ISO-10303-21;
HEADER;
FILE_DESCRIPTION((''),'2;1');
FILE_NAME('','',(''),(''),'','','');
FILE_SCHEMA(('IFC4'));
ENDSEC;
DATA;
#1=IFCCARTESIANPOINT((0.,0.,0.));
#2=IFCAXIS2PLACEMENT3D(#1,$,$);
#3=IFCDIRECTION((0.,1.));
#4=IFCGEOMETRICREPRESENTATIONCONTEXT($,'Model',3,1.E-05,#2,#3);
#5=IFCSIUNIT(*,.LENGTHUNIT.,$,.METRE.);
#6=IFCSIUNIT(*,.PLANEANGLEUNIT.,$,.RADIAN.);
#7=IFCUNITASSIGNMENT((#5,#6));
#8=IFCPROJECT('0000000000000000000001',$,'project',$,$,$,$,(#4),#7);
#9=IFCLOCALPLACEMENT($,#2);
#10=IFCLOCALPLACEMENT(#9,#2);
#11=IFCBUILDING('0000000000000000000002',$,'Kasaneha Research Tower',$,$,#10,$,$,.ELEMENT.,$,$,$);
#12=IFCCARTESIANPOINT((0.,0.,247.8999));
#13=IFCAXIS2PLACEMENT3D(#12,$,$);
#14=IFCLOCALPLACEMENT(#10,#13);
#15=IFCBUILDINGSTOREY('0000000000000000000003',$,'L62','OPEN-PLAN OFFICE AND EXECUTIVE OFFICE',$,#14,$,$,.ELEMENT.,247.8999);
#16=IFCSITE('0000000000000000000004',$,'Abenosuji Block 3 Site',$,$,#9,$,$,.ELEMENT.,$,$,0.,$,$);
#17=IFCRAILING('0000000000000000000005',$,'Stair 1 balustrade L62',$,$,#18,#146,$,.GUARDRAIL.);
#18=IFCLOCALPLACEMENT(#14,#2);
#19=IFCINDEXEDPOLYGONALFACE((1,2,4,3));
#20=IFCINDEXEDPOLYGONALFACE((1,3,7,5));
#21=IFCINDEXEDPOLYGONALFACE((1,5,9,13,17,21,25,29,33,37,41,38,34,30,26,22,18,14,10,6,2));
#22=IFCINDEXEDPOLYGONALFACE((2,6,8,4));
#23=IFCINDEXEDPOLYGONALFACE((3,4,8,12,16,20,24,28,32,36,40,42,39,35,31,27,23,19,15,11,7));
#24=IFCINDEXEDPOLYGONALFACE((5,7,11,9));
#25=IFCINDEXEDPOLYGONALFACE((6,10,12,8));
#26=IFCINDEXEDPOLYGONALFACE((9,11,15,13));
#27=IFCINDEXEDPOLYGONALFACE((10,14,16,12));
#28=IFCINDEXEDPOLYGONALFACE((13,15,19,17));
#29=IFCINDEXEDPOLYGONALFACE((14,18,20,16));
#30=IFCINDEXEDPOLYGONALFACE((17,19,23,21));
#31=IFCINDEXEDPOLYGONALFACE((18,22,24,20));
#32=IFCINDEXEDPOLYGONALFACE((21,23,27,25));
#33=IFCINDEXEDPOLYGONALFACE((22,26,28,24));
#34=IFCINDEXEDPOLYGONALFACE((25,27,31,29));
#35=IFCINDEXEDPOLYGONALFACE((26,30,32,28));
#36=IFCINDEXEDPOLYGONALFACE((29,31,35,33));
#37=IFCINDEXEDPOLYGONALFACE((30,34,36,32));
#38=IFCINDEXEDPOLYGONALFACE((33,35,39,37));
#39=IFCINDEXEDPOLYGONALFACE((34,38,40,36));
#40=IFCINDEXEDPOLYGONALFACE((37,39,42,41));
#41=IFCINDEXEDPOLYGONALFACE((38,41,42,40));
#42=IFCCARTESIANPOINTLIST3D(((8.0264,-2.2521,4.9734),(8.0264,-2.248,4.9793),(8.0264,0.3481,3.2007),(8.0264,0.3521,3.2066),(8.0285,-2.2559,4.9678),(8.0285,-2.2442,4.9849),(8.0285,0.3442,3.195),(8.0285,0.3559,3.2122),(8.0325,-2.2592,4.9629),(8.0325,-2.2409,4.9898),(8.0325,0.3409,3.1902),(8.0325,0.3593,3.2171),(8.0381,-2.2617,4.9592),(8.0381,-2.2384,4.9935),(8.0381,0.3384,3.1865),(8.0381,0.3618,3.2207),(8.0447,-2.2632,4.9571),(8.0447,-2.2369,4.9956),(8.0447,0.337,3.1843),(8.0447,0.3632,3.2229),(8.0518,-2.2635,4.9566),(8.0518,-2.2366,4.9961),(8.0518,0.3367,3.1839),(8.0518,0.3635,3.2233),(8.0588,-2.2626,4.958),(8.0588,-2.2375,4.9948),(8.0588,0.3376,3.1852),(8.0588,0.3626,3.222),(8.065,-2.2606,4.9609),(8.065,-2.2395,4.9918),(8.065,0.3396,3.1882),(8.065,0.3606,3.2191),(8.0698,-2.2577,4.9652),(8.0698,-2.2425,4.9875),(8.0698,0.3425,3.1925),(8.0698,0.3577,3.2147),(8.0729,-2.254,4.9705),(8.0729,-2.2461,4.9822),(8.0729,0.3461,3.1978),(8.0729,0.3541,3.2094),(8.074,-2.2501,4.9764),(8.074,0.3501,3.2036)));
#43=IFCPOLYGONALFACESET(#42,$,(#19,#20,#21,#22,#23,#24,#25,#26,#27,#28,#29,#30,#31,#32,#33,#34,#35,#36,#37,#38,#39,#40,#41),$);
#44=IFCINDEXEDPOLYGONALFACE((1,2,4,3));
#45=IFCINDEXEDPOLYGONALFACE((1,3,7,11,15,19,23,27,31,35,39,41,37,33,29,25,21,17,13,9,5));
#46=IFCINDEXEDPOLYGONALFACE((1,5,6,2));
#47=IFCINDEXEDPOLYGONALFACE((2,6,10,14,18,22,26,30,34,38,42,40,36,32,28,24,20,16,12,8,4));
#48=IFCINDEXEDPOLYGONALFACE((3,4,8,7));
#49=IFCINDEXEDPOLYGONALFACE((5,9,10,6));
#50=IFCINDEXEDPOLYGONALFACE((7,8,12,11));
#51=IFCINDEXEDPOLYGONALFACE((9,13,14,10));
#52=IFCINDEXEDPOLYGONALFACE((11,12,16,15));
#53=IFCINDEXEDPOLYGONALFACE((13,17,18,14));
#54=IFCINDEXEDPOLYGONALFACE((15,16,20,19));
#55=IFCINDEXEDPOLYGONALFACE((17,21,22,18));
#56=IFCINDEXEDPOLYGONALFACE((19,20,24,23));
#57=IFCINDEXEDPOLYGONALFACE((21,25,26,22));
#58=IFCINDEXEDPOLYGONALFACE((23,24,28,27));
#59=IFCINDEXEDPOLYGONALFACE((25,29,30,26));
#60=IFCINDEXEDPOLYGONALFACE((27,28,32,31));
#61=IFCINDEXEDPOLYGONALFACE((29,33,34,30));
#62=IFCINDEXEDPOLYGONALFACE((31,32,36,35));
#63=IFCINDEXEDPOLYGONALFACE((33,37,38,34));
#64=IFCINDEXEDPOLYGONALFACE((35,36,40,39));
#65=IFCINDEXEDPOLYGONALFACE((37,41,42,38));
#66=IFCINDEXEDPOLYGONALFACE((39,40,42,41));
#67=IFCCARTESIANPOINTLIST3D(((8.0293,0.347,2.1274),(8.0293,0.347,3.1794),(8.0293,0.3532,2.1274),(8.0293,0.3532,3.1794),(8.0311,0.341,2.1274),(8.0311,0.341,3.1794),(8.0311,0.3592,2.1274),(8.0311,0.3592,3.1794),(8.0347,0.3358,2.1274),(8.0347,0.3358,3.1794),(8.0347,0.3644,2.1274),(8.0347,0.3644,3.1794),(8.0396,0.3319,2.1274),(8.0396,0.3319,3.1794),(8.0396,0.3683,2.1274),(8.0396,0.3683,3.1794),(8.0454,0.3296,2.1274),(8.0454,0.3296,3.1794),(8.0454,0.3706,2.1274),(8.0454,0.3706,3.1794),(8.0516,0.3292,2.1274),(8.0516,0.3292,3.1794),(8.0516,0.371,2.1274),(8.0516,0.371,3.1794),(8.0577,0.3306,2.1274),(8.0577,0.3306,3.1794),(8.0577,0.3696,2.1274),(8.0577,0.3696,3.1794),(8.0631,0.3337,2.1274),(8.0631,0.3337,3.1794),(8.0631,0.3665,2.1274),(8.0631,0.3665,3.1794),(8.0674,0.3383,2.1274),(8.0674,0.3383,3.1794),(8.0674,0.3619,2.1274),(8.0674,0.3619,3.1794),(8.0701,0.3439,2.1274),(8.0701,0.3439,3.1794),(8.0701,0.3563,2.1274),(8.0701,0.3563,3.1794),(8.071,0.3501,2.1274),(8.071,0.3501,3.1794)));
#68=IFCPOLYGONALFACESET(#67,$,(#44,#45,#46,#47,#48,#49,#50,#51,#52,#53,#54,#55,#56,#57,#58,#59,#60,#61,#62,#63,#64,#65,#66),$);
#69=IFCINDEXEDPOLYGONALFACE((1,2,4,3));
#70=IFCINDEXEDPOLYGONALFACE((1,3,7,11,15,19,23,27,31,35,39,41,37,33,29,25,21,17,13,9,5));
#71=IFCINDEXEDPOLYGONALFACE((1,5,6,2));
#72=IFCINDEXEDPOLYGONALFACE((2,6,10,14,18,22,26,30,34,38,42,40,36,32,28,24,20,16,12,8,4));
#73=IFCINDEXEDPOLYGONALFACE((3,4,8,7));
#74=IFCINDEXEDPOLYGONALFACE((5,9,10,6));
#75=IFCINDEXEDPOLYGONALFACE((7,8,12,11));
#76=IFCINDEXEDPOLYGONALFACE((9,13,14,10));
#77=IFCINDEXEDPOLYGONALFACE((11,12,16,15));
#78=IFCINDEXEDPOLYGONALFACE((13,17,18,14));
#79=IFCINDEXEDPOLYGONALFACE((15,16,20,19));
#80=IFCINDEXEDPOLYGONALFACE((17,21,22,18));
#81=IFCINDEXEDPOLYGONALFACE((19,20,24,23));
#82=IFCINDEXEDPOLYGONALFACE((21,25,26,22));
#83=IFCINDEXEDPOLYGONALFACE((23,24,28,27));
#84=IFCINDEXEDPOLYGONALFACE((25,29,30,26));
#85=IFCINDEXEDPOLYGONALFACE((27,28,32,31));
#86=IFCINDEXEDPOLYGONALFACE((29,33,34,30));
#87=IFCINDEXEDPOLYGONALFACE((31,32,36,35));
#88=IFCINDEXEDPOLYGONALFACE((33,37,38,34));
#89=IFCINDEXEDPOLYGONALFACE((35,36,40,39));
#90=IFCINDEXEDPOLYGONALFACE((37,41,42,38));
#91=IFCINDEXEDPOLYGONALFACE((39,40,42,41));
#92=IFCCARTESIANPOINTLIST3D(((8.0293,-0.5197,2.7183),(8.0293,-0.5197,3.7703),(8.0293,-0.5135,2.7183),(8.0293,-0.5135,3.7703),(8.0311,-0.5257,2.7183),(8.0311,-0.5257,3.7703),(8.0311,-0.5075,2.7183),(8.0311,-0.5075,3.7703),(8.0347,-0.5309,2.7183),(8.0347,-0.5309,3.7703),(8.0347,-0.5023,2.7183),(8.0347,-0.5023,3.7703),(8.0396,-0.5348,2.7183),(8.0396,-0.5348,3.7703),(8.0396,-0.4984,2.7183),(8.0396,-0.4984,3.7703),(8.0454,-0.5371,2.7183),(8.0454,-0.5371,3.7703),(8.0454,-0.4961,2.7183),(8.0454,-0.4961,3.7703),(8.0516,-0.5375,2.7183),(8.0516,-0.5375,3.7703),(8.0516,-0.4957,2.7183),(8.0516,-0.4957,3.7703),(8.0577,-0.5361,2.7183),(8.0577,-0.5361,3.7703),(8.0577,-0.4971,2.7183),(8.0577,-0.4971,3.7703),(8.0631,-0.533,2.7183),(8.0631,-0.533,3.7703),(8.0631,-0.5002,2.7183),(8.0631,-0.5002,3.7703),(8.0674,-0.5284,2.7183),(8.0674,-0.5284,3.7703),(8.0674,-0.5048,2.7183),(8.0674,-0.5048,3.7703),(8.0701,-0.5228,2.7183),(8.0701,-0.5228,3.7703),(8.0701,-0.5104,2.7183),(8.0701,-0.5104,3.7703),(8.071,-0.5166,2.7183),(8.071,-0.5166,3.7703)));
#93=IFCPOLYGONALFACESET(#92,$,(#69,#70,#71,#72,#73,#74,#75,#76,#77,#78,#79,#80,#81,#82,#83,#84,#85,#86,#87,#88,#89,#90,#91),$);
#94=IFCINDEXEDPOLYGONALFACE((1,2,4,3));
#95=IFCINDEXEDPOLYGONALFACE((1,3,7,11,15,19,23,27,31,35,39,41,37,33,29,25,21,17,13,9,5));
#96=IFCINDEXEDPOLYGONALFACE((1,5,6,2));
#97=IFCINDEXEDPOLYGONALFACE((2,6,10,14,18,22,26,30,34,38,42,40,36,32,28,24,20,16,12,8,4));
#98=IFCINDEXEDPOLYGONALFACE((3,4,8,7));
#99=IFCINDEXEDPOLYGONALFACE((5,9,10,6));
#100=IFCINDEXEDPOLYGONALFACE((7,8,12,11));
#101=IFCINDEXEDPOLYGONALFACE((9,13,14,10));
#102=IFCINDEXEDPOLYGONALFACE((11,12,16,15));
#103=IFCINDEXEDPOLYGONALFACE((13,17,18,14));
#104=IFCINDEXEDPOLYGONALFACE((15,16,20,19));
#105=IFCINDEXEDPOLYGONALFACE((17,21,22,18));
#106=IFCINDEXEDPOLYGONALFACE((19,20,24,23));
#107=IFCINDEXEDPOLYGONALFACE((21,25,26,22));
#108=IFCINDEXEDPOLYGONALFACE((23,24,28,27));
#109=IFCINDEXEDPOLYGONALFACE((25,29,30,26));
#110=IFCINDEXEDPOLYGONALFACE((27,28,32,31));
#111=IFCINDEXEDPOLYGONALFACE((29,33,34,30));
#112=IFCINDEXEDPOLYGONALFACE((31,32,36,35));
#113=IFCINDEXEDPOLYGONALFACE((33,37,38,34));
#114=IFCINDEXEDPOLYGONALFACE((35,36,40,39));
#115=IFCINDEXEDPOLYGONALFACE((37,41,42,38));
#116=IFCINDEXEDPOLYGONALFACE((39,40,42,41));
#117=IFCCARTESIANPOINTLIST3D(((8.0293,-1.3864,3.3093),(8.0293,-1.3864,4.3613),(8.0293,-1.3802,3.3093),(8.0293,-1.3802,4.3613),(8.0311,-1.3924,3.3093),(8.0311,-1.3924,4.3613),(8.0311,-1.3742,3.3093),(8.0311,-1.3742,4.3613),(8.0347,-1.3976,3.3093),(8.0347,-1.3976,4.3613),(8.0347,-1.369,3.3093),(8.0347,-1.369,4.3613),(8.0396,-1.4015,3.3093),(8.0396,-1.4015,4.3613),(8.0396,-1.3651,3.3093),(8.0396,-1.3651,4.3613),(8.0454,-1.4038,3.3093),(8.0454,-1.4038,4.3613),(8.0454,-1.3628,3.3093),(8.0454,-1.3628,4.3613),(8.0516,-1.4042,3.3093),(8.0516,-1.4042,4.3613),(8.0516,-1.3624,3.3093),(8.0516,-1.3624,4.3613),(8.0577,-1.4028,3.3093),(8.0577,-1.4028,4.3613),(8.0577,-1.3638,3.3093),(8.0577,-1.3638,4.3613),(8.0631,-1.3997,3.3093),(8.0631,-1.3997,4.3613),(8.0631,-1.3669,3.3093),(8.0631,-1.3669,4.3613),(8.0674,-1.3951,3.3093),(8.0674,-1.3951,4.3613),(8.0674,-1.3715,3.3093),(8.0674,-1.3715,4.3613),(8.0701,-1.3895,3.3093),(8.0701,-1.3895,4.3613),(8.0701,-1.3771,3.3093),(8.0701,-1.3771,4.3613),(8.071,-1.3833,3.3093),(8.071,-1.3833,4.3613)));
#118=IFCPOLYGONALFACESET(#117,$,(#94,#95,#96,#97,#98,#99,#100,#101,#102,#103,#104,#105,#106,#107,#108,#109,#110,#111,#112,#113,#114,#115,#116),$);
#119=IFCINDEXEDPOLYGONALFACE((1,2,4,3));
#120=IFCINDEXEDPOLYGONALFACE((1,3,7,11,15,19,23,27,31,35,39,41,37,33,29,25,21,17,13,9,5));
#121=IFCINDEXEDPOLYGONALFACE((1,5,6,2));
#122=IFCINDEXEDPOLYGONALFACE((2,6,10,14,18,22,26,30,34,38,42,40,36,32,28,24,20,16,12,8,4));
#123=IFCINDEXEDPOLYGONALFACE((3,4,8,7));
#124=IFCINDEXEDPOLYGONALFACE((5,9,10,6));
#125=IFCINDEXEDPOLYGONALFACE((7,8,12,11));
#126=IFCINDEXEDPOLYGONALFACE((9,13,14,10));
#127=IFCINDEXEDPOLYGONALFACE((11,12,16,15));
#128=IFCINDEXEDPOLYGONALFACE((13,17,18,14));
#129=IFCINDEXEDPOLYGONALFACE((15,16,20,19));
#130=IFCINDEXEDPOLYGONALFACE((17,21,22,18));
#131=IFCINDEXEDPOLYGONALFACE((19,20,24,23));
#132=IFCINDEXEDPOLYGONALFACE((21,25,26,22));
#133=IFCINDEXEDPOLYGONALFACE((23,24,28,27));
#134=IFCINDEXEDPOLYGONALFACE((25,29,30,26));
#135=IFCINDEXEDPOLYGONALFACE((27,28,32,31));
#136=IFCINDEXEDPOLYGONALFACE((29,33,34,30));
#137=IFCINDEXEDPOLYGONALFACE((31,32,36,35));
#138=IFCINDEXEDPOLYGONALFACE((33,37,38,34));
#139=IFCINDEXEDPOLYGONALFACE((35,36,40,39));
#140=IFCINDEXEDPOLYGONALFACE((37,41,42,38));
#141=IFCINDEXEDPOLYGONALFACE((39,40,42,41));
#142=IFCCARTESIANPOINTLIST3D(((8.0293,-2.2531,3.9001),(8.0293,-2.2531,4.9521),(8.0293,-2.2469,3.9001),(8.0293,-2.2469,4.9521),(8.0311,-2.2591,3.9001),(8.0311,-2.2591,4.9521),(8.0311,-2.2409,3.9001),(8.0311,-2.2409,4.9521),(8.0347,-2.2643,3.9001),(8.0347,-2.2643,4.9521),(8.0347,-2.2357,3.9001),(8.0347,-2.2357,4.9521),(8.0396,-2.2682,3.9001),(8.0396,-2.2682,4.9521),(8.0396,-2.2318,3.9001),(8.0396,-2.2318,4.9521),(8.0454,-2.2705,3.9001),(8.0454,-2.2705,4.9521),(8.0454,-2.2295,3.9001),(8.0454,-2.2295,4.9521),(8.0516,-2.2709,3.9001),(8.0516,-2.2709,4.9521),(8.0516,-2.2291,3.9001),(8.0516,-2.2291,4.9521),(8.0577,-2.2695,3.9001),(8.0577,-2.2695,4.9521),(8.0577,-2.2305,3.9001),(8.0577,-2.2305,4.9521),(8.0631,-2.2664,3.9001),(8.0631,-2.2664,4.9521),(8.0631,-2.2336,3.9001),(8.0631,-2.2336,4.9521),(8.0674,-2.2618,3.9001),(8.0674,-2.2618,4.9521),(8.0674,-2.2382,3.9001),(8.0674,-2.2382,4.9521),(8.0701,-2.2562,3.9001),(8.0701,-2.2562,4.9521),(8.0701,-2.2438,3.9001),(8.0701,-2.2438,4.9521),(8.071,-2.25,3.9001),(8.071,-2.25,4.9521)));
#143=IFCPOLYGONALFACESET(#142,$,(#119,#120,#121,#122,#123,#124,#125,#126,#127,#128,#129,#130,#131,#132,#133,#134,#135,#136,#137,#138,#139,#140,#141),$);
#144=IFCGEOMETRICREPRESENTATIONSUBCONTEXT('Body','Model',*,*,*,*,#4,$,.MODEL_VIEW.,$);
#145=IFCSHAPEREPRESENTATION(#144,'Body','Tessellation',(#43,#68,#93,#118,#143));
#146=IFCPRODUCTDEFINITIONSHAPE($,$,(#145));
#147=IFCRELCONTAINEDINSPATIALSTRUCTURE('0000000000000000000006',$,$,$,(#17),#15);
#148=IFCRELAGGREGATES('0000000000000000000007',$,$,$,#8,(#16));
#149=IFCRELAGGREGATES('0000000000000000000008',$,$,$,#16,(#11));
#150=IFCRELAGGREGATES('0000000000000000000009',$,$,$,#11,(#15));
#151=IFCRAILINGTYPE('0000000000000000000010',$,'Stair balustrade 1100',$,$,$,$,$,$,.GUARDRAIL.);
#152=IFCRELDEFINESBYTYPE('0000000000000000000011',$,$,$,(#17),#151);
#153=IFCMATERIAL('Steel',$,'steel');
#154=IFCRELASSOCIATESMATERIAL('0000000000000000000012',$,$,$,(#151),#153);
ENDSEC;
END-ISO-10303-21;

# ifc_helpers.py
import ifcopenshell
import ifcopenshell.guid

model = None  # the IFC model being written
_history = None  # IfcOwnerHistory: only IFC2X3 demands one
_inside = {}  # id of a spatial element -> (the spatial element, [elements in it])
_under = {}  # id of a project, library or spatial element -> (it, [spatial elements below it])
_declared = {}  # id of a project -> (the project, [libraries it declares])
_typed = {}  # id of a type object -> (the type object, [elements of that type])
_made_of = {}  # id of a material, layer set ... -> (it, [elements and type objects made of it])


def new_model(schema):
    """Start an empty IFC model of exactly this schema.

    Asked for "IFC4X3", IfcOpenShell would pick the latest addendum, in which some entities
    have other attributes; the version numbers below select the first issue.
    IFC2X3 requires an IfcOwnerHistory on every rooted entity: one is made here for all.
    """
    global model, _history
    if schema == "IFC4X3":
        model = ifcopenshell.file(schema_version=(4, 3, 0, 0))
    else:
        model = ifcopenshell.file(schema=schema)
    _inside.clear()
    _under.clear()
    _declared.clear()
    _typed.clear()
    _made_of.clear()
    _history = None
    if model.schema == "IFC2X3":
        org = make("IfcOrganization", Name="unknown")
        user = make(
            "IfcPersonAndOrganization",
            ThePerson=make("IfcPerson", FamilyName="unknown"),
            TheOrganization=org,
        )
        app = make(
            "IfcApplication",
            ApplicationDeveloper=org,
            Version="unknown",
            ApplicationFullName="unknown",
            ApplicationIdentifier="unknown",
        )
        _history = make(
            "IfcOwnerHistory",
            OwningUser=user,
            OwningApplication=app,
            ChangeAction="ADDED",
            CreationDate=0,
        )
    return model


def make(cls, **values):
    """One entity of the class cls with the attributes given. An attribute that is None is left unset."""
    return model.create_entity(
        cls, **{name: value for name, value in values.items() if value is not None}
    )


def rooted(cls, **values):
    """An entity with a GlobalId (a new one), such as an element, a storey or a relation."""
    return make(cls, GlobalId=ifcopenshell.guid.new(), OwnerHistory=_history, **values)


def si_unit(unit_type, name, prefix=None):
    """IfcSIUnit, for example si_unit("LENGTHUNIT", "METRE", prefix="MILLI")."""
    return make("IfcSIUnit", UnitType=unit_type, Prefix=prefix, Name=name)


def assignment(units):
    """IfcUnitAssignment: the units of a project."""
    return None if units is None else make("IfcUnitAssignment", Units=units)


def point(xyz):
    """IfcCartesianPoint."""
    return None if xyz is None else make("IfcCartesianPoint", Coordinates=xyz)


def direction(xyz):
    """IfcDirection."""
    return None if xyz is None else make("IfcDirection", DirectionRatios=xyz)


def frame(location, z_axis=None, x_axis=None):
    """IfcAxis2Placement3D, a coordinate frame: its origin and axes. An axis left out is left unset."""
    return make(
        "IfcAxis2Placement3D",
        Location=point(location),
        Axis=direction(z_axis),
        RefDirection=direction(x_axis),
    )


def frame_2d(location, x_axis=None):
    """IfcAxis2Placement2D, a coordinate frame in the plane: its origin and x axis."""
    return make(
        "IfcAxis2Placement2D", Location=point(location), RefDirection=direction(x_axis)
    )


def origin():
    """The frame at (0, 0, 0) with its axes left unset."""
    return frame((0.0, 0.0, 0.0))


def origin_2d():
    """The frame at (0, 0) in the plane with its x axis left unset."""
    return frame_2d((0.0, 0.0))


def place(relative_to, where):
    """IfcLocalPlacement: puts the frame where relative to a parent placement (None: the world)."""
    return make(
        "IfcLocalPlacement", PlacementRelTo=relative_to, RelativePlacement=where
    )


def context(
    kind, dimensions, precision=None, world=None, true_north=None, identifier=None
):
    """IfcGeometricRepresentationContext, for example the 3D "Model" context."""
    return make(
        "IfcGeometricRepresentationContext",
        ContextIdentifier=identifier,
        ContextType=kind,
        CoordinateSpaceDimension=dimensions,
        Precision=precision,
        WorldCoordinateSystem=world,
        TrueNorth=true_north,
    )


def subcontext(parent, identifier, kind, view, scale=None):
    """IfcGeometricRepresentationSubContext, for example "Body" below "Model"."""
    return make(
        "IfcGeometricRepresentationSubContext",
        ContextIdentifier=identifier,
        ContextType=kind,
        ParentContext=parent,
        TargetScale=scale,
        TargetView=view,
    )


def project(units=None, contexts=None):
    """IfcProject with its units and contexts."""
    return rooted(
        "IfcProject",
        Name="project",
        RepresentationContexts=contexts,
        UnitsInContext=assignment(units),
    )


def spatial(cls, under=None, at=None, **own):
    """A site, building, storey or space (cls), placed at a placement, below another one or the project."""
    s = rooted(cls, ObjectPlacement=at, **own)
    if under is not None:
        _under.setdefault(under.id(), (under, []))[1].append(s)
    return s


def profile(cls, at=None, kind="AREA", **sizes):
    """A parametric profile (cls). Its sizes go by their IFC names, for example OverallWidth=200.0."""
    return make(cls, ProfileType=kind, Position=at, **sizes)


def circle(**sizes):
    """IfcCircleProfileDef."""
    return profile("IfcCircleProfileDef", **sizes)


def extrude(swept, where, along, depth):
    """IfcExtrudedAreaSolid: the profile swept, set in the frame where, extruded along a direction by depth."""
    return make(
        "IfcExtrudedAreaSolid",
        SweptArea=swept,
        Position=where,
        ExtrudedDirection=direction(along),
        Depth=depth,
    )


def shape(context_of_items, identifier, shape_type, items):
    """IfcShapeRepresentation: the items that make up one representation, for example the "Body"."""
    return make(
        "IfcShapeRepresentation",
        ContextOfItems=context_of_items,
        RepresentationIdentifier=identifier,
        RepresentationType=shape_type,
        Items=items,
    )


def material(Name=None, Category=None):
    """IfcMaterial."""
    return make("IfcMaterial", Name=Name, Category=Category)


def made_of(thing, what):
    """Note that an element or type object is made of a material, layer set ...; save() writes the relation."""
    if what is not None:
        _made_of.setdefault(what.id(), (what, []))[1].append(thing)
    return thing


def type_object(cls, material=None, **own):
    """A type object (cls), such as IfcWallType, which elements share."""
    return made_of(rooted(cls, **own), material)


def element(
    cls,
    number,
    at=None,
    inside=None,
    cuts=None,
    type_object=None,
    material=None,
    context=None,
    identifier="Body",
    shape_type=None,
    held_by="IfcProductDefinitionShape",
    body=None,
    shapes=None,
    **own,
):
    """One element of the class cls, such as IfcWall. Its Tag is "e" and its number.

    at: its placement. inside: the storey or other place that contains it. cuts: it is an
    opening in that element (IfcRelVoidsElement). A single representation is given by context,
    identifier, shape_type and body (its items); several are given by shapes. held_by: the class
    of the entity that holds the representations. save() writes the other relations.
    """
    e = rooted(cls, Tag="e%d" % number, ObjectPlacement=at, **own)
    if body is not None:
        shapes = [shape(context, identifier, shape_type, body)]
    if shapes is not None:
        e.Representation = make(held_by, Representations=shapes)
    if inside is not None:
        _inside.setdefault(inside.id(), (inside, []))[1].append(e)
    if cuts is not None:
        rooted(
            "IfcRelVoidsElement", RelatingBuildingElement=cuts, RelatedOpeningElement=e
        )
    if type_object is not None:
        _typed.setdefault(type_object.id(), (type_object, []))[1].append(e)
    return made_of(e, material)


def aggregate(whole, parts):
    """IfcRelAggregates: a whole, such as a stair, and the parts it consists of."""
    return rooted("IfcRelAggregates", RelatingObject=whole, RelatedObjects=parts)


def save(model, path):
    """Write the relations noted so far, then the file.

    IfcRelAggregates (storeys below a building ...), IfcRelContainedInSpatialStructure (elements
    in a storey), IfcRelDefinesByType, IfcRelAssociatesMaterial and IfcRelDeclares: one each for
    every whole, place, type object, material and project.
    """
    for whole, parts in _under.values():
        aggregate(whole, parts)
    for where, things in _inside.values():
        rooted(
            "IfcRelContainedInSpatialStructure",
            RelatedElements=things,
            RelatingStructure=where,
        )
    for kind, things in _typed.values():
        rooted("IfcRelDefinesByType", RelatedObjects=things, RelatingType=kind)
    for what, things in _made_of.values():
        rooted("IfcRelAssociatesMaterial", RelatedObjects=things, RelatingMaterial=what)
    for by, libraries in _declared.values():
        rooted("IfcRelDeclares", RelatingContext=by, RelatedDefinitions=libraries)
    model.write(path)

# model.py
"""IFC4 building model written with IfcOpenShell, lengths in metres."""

from ifc_helpers import new_model, si_unit, direction, frame, origin, origin_2d, place, context, subcontext, project, spatial, circle, extrude, material, type_object, element, save


model = new_model("IFC4")

# Units and contexts
model_context = context("Model", 3, precision=1e-05, world=origin(), true_north=direction((0.0, 1.0)))
body_context = subcontext(model_context, "Body", "Model", "MODEL_VIEW")
ifc_project = project(units=[si_unit("LENGTHUNIT", "METRE"), si_unit("PLANEANGLEUNIT", "RADIAN")], contexts=[model_context])

# Site, building, storey
site_placement = place(None, origin())
site = spatial("IfcSite", under=ifc_project, at=site_placement, Name="Abenosuji Block 3 Site", CompositionType="ELEMENT", RefElevation=0.0)
building_placement = place(site_placement, origin())
building = spatial("IfcBuilding", under=site, at=building_placement, Name="Kasaneha Research Tower", CompositionType="ELEMENT")
storey_placement = place(building_placement, frame((0.0, 0.0, 247.8999)))
storey = spatial("IfcBuildingStorey", under=building, at=storey_placement, Name="L62", Description="OPEN-PLAN OFFICE AND EXECUTIVE OFFICE", CompositionType="ELEMENT", Elevation=247.8999)

# Railing
ifc_material_1 = material(Name="Steel", Category="steel")
railing_type_1 = type_object("IfcRailingType", Name="Stair balustrade 1100", PredefinedType="GUARDRAIL", material=ifc_material_1)
railing_1_placement = place(storey_placement, frame((8.05, 0.3501, 2.1274)))
element("IfcRailing", 1, at=railing_1_placement, inside=storey, type_object=railing_type_1, Name="Stair 1 balustrade L62", PredefinedType="GUARDRAIL", context=body_context, shape_type="SweptSolid", body=[
    extrude(circle(Radius=0.0239, at=origin_2d()), frame((0.0, 0.0, 1.0762), z_axis=(0.0, -0.82624, 0.563318), x_axis=(1.0, 0.0, 0.0)), (0.0, 0.0, 1.0), 3.147),
    extrude(circle(Radius=0.021, at=origin_2d()), origin(), (0.0, 0.0, 1.0), 1.052),
    extrude(circle(Radius=0.021, at=origin_2d()), frame((0.0, -0.8667, 0.5908)), (0.0, 0.0, 1.0), 1.052),
    extrude(circle(Radius=0.021, at=origin_2d()), frame((0.0, -1.7334, 1.1819)), (0.0, 0.0, 1.0), 1.052),
    extrude(circle(Radius=0.021, at=origin_2d()), frame((0.0, -2.6001, 1.7727)), (0.0, 0.0, 1.0), 1.052),
])

save(model, "model.ifc")
